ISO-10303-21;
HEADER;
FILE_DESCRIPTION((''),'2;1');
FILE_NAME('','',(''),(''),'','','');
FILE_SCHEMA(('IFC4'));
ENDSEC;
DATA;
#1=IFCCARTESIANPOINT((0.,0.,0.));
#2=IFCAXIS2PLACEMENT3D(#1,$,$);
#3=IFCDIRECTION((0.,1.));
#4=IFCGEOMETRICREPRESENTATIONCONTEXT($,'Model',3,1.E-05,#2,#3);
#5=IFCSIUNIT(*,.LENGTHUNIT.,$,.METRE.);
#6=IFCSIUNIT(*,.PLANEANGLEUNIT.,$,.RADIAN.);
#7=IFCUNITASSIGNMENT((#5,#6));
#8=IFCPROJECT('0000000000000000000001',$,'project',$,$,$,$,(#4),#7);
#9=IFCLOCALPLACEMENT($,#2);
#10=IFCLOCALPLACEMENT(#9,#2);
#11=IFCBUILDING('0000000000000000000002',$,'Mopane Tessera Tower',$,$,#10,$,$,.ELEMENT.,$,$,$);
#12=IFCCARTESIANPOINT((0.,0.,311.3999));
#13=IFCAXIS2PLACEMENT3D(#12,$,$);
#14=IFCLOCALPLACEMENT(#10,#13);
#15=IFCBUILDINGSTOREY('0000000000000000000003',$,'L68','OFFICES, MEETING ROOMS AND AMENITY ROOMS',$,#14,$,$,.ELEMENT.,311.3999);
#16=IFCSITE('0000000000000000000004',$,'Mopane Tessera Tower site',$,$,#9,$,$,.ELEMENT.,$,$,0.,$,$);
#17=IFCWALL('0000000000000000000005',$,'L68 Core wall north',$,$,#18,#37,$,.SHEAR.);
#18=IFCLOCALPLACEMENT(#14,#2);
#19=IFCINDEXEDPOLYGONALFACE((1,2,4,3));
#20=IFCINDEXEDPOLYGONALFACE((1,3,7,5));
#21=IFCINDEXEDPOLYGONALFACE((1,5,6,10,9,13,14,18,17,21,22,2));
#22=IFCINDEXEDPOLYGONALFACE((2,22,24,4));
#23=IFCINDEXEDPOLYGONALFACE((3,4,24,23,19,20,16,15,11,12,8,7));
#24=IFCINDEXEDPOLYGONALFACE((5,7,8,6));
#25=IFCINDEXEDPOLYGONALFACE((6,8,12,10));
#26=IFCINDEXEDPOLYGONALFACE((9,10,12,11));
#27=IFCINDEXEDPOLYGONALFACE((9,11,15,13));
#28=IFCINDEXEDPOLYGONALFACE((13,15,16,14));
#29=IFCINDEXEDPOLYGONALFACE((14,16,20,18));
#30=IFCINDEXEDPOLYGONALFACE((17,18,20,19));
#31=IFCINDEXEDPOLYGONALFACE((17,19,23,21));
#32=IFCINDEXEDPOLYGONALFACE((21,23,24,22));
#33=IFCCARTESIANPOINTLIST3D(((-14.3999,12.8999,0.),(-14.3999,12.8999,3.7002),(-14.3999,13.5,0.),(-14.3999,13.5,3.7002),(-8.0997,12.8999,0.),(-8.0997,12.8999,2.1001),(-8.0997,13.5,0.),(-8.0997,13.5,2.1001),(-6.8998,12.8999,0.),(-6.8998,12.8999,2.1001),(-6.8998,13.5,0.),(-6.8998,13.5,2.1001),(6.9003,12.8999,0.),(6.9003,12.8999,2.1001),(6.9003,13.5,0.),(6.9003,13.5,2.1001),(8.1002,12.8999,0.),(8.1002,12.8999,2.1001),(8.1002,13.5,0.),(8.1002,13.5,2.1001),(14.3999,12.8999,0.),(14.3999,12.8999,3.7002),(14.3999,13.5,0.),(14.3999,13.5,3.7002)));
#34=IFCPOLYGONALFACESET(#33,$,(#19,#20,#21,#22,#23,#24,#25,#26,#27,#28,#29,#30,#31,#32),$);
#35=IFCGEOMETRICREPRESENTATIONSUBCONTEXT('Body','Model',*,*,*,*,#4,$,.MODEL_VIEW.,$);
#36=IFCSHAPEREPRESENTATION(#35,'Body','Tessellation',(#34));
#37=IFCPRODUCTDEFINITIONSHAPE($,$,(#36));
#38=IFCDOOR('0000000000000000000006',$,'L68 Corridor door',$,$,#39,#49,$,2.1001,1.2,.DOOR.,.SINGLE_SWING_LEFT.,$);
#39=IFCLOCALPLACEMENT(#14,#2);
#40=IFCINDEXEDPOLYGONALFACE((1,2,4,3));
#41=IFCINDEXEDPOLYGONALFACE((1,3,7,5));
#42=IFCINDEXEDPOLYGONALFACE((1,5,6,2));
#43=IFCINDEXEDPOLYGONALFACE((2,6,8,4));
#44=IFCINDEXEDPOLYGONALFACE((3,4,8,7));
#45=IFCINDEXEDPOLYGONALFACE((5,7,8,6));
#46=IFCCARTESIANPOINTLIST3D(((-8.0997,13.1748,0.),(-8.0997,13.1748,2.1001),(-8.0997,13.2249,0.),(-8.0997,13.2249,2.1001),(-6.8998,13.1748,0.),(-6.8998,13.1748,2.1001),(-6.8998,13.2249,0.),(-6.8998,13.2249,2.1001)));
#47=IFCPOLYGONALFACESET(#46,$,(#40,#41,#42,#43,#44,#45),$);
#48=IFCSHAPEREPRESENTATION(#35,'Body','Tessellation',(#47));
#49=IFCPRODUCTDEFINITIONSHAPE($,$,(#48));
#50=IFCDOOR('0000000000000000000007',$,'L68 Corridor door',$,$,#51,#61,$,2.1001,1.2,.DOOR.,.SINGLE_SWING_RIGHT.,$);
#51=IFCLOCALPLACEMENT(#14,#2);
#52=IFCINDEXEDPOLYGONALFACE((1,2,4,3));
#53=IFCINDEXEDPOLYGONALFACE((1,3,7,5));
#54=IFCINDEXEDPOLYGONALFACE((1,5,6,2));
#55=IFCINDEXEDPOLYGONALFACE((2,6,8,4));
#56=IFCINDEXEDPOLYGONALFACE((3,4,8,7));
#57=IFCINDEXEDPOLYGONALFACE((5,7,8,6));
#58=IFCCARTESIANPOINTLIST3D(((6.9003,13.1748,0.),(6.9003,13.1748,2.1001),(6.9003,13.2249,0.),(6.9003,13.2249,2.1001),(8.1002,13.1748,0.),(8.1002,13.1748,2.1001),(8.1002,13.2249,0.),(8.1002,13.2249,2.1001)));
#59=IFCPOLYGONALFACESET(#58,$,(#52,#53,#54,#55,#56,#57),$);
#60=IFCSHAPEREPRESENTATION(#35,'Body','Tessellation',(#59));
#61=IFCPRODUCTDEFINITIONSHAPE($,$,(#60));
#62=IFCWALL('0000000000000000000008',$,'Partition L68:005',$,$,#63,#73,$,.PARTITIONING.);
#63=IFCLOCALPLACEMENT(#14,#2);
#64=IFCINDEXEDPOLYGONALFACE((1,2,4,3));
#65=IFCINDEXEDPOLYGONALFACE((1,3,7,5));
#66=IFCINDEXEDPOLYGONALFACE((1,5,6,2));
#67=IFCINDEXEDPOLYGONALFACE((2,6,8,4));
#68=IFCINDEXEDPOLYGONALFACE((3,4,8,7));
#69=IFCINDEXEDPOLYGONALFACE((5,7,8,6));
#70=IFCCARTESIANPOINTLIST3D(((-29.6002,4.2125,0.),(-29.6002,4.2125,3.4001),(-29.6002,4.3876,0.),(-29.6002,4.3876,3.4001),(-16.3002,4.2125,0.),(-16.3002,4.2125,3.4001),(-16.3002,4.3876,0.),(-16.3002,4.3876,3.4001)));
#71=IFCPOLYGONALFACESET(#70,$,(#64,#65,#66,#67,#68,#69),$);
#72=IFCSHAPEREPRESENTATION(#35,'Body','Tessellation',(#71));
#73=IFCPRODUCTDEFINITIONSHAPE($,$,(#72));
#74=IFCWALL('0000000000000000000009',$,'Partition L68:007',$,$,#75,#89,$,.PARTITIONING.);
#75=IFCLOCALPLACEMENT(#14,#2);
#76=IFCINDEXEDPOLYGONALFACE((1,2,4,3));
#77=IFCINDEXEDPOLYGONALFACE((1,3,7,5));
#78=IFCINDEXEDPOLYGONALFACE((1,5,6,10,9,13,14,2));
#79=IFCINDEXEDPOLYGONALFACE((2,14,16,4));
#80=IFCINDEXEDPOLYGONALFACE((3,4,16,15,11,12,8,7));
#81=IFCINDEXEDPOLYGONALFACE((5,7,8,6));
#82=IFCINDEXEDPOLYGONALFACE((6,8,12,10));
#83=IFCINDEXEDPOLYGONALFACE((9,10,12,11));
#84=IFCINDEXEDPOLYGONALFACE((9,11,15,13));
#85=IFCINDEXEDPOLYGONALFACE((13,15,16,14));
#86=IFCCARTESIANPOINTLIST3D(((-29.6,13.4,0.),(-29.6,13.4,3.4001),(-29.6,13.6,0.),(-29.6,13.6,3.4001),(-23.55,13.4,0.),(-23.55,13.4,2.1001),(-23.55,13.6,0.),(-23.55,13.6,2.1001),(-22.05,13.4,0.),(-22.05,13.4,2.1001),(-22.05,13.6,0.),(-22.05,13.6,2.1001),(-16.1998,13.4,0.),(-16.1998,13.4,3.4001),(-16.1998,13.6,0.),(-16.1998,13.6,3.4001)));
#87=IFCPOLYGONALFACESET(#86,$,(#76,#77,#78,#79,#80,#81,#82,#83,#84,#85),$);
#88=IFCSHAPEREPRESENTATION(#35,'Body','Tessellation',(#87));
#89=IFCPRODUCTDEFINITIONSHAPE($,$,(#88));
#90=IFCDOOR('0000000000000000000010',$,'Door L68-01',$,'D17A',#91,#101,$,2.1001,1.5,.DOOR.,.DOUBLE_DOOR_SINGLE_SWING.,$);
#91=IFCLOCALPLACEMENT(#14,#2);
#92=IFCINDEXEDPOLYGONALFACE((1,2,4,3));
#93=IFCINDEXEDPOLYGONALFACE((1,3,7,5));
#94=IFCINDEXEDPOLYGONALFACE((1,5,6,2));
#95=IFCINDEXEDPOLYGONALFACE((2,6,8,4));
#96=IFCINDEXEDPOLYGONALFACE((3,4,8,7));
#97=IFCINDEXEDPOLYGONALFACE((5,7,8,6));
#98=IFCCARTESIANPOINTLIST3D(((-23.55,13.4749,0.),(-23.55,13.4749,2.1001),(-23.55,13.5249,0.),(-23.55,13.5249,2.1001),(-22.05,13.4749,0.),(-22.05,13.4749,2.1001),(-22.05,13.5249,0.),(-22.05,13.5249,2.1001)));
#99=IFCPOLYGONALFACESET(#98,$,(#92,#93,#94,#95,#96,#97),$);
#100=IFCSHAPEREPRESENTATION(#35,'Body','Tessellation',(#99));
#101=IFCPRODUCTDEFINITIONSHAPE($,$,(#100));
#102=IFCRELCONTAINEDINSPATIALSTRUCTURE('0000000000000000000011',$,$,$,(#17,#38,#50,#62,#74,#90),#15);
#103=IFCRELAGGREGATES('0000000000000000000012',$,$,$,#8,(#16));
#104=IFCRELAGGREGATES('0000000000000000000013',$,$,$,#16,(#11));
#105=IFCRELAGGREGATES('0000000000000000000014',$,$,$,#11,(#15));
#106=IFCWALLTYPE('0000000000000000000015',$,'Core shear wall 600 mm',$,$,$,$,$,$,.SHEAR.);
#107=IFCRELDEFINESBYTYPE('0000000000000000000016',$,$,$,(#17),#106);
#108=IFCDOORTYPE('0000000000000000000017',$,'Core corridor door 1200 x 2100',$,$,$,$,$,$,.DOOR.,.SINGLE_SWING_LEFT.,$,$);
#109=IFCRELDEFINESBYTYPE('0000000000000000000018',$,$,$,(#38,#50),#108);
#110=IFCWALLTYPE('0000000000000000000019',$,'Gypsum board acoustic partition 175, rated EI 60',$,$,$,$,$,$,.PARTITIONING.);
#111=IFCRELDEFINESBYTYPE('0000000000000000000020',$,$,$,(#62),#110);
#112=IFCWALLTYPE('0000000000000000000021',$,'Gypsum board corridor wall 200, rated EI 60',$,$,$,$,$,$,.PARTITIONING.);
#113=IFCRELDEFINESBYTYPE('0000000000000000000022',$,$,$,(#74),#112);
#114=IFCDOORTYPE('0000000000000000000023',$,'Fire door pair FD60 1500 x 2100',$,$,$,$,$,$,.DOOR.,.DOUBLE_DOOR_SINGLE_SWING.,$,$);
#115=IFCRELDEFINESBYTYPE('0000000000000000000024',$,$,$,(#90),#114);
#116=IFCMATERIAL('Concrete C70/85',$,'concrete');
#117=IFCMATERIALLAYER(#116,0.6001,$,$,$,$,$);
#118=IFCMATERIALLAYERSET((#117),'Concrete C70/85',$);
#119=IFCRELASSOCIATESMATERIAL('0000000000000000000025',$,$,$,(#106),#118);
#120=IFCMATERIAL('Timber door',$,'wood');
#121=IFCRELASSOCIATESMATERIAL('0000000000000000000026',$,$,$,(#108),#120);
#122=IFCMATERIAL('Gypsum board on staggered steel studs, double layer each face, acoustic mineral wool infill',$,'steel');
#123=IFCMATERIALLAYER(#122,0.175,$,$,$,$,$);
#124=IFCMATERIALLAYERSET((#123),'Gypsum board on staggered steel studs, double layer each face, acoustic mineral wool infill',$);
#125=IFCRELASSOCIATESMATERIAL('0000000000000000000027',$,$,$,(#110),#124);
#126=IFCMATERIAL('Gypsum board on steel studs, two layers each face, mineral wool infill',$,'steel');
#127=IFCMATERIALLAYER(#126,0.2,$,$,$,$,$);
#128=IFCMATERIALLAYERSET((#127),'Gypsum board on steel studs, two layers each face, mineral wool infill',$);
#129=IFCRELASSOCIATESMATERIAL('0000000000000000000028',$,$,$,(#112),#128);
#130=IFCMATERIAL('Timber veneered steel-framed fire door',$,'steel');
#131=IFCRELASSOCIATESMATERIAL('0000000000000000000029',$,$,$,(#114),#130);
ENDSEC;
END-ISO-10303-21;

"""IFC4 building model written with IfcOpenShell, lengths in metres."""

from ifc_helpers import new_model, si_unit, direction, frame, frame_2d, origin, place, context, subcontext, project, spatial, rectangle, extrude, material, layer, layer_set, type_object, element, fill, save


model = new_model("IFC4")

# Units and contexts
model_context = context("Model", 3, precision=1e-05, world=origin(), true_north=direction((0.0, 1.0)))
body_context = subcontext(model_context, "Body", "Model", "MODEL_VIEW")
ifc_project = project(units=[si_unit("LENGTHUNIT", "METRE"), si_unit("PLANEANGLEUNIT", "RADIAN")], contexts=[model_context])

# Site, building, storey
site_placement = place(None, origin())
site = spatial("IfcSite", under=ifc_project, at=site_placement, Name="Mopane Tessera Tower site", CompositionType="ELEMENT", RefElevation=0.0)
building_placement = place(site_placement, origin())
building = spatial("IfcBuilding", under=site, at=building_placement, Name="Mopane Tessera Tower", CompositionType="ELEMENT")
storey_placement = place(building_placement, frame((0.0, 0.0, 311.3999)))
storey = spatial("IfcBuildingStorey", under=building, at=storey_placement, Name="L68", Description="OFFICES, MEETING ROOMS AND AMENITY ROOMS", CompositionType="ELEMENT", Elevation=311.3999)

# Wall, openings, doors
ifc_material_1 = material(Name="Concrete C70/85", Category="concrete")
ifc_layer_1 = layer(ifc_material_1, 0.6001)
ifc_layer_set_1 = layer_set([ifc_layer_1], Name="Concrete C70/85")
wall_type_1 = type_object("IfcWallType", Name="Core shear wall 600 mm", PredefinedType="SHEAR", material=ifc_layer_set_1)
wall_1_placement = place(storey_placement, frame((-14.3999, 13.2, 0.0), z_axis=(0.0, 0.0, 1.0), x_axis=(1.0, 0.0, 0.0)))
wall_1 = element("IfcWall", 1, at=wall_1_placement, inside=storey, type_object=wall_type_1, Name="L68 Core wall north", PredefinedType="SHEAR", context=body_context, shape_type="SweptSolid", body=[
    extrude(rectangle(XDim=28.7998, YDim=0.6001, at=frame_2d((14.3999, 0.0))), origin(), (0.0, 0.0, 1.0), 3.7002),
])
opening_1_placement = place(wall_1_placement, frame((6.3, 0.0, 0.0)))
opening_1 = element("IfcOpeningElement", 2, at=opening_1_placement, cuts=wall_1, PredefinedType="OPENING", context=body_context, shape_type="SweptSolid", body=[
    extrude(rectangle(XDim=1.2, YDim=2.1001, at=frame_2d((0.6001, 1.05))), frame((0.0, 0.312, 0.0), z_axis=(0.0, -1.0, 0.0), x_axis=(1.0, 0.0, 0.0)), (0.0, 0.0, 1.0), 0.624),
])
opening_2_placement = place(wall_1_placement, frame((21.3, 0.0, 0.0)))
opening_2 = element("IfcOpeningElement", 3, at=opening_2_placement, cuts=wall_1, PredefinedType="OPENING", context=body_context, shape_type="SweptSolid", body=[
    extrude(rectangle(XDim=1.2, YDim=2.1001, at=frame_2d((0.6001, 1.05))), frame((0.0, 0.312, 0.0), z_axis=(0.0, -1.0, 0.0), x_axis=(1.0, 0.0, 0.0)), (0.0, 0.0, 1.0), 0.624),
])
ifc_material_2 = material(Name="Timber door", Category="wood")
door_type_1 = type_object("IfcDoorType", Name="Core corridor door 1200 x 2100", OperationType="SINGLE_SWING_LEFT", PredefinedType="DOOR", material=ifc_material_2)
door_1_placement = place(opening_1_placement, origin())
door_1 = element("IfcDoor", 4, at=door_1_placement, inside=storey, type_object=door_type_1, Name="L68 Corridor door", OperationType="SINGLE_SWING_LEFT", OverallHeight=2.1001, OverallWidth=1.2, PredefinedType="DOOR", context=body_context, shape_type="SweptSolid", body=[
    extrude(rectangle(XDim=1.2, YDim=2.1001, at=frame_2d((0.6001, 1.05))), frame((0.0, 0.0249, 0.0), z_axis=(0.0, -1.0, 0.0), x_axis=(1.0, 0.0, 0.0)), (0.0, 0.0, 1.0), 0.05),
])
fill(opening_1, door_1)
door_2_placement = place(opening_2_placement, origin())
door_2 = element("IfcDoor", 5, at=door_2_placement, inside=storey, type_object=door_type_1, Name="L68 Corridor door", OperationType="SINGLE_SWING_RIGHT", OverallHeight=2.1001, OverallWidth=1.2, PredefinedType="DOOR", context=body_context, shape_type="SweptSolid", body=[
    extrude(rectangle(XDim=1.2, YDim=2.1001, at=frame_2d((0.6001, 1.05))), frame((0.0, 0.0249, 0.0), z_axis=(0.0, -1.0, 0.0), x_axis=(1.0, 0.0, 0.0)), (0.0, 0.0, 1.0), 0.05),
])
fill(opening_2, door_2)

# Wall
ifc_material_3 = material(Name="Gypsum board on staggered steel studs, double layer each face, acoustic mineral wool infill", Category="steel")
ifc_layer_2 = layer(ifc_material_3, 0.175)
ifc_layer_set_2 = layer_set([ifc_layer_2], Name="Gypsum board on staggered steel studs, double layer each face, acoustic mineral wool infill")
wall_type_2 = type_object("IfcWallType", Name="Gypsum board acoustic partition 175, rated EI 60", PredefinedType="PARTITIONING", material=ifc_layer_set_2)
wall_2_placement = place(storey_placement, frame((-29.6001, 4.3, 0.0), z_axis=(0.0, 0.0, 1.0), x_axis=(1.0, 0.0, 0.0)))
element("IfcWall", 6, at=wall_2_placement, inside=storey, type_object=wall_type_2, Name="Partition L68:005", PredefinedType="PARTITIONING", context=body_context, shape_type="SweptSolid", body=[
    extrude(rectangle(XDim=13.3, YDim=0.175, at=frame_2d((6.6499, 0.0))), origin(), (0.0, 0.0, 1.0), 3.4001),
])

# Wall, opening, door
ifc_material_4 = material(Name="Gypsum board on steel studs, two layers each face, mineral wool infill", Category="steel")
ifc_layer_3 = layer(ifc_material_4, 0.2)
ifc_layer_set_3 = layer_set([ifc_layer_3], Name="Gypsum board on steel studs, two layers each face, mineral wool infill")
wall_type_3 = type_object("IfcWallType", Name="Gypsum board corridor wall 200, rated EI 60", PredefinedType="PARTITIONING", material=ifc_layer_set_3)
wall_3_placement = place(storey_placement, frame((-29.6001, 13.5, 0.0), z_axis=(0.0, 0.0, 1.0), x_axis=(1.0, 0.0, 0.0)))
wall_3 = element("IfcWall", 7, at=wall_3_placement, inside=storey, type_object=wall_type_3, Name="Partition L68:007", PredefinedType="PARTITIONING", context=body_context, shape_type="SweptSolid", body=[
    extrude(rectangle(XDim=13.4001, YDim=0.2, at=frame_2d((6.7002, 0.0))), origin(), (0.0, 0.0, 1.0), 3.4001),
])
opening_3_placement = place(wall_3_placement, frame((6.05, 0.0, 0.0)))
opening_3 = element("IfcOpeningElement", 8, at=opening_3_placement, cuts=wall_3, PredefinedType="OPENING", context=body_context, shape_type="SweptSolid", body=[
    extrude(rectangle(XDim=1.5, YDim=2.1001, at=frame_2d((0.75, 1.05))), frame((0.0, 0.1121, 0.0), z_axis=(0.0, -1.0, 0.0), x_axis=(1.0, 0.0, 0.0)), (0.0, 0.0, 1.0), 0.2239),
])
ifc_material_5 = material(Name="Timber veneered steel-framed fire door", Category="steel")
door_type_2 = type_object("IfcDoorType", Name="Fire door pair FD60 1500 x 2100", OperationType="DOUBLE_DOOR_SINGLE_SWING", PredefinedType="DOOR", material=ifc_material_5)
door_3_placement = place(opening_3_placement, origin())
door_3 = element("IfcDoor", 9, at=door_3_placement, inside=storey, type_object=door_type_2, Name="Door L68-01", ObjectType="D17A", OperationType="DOUBLE_DOOR_SINGLE_SWING", OverallHeight=2.1001, OverallWidth=1.5, PredefinedType="DOOR", context=body_context, shape_type="SweptSolid", body=[
    extrude(rectangle(XDim=1.5, YDim=2.1001, at=frame_2d((0.75, 1.05))), frame((0.0, 0.0249, 0.0), z_axis=(0.0, -1.0, 0.0), x_axis=(1.0, 0.0, 0.0)), (0.0, 0.0, 1.0), 0.05),
])
fill(opening_3, door_3)

save(model, "model.ifc")
